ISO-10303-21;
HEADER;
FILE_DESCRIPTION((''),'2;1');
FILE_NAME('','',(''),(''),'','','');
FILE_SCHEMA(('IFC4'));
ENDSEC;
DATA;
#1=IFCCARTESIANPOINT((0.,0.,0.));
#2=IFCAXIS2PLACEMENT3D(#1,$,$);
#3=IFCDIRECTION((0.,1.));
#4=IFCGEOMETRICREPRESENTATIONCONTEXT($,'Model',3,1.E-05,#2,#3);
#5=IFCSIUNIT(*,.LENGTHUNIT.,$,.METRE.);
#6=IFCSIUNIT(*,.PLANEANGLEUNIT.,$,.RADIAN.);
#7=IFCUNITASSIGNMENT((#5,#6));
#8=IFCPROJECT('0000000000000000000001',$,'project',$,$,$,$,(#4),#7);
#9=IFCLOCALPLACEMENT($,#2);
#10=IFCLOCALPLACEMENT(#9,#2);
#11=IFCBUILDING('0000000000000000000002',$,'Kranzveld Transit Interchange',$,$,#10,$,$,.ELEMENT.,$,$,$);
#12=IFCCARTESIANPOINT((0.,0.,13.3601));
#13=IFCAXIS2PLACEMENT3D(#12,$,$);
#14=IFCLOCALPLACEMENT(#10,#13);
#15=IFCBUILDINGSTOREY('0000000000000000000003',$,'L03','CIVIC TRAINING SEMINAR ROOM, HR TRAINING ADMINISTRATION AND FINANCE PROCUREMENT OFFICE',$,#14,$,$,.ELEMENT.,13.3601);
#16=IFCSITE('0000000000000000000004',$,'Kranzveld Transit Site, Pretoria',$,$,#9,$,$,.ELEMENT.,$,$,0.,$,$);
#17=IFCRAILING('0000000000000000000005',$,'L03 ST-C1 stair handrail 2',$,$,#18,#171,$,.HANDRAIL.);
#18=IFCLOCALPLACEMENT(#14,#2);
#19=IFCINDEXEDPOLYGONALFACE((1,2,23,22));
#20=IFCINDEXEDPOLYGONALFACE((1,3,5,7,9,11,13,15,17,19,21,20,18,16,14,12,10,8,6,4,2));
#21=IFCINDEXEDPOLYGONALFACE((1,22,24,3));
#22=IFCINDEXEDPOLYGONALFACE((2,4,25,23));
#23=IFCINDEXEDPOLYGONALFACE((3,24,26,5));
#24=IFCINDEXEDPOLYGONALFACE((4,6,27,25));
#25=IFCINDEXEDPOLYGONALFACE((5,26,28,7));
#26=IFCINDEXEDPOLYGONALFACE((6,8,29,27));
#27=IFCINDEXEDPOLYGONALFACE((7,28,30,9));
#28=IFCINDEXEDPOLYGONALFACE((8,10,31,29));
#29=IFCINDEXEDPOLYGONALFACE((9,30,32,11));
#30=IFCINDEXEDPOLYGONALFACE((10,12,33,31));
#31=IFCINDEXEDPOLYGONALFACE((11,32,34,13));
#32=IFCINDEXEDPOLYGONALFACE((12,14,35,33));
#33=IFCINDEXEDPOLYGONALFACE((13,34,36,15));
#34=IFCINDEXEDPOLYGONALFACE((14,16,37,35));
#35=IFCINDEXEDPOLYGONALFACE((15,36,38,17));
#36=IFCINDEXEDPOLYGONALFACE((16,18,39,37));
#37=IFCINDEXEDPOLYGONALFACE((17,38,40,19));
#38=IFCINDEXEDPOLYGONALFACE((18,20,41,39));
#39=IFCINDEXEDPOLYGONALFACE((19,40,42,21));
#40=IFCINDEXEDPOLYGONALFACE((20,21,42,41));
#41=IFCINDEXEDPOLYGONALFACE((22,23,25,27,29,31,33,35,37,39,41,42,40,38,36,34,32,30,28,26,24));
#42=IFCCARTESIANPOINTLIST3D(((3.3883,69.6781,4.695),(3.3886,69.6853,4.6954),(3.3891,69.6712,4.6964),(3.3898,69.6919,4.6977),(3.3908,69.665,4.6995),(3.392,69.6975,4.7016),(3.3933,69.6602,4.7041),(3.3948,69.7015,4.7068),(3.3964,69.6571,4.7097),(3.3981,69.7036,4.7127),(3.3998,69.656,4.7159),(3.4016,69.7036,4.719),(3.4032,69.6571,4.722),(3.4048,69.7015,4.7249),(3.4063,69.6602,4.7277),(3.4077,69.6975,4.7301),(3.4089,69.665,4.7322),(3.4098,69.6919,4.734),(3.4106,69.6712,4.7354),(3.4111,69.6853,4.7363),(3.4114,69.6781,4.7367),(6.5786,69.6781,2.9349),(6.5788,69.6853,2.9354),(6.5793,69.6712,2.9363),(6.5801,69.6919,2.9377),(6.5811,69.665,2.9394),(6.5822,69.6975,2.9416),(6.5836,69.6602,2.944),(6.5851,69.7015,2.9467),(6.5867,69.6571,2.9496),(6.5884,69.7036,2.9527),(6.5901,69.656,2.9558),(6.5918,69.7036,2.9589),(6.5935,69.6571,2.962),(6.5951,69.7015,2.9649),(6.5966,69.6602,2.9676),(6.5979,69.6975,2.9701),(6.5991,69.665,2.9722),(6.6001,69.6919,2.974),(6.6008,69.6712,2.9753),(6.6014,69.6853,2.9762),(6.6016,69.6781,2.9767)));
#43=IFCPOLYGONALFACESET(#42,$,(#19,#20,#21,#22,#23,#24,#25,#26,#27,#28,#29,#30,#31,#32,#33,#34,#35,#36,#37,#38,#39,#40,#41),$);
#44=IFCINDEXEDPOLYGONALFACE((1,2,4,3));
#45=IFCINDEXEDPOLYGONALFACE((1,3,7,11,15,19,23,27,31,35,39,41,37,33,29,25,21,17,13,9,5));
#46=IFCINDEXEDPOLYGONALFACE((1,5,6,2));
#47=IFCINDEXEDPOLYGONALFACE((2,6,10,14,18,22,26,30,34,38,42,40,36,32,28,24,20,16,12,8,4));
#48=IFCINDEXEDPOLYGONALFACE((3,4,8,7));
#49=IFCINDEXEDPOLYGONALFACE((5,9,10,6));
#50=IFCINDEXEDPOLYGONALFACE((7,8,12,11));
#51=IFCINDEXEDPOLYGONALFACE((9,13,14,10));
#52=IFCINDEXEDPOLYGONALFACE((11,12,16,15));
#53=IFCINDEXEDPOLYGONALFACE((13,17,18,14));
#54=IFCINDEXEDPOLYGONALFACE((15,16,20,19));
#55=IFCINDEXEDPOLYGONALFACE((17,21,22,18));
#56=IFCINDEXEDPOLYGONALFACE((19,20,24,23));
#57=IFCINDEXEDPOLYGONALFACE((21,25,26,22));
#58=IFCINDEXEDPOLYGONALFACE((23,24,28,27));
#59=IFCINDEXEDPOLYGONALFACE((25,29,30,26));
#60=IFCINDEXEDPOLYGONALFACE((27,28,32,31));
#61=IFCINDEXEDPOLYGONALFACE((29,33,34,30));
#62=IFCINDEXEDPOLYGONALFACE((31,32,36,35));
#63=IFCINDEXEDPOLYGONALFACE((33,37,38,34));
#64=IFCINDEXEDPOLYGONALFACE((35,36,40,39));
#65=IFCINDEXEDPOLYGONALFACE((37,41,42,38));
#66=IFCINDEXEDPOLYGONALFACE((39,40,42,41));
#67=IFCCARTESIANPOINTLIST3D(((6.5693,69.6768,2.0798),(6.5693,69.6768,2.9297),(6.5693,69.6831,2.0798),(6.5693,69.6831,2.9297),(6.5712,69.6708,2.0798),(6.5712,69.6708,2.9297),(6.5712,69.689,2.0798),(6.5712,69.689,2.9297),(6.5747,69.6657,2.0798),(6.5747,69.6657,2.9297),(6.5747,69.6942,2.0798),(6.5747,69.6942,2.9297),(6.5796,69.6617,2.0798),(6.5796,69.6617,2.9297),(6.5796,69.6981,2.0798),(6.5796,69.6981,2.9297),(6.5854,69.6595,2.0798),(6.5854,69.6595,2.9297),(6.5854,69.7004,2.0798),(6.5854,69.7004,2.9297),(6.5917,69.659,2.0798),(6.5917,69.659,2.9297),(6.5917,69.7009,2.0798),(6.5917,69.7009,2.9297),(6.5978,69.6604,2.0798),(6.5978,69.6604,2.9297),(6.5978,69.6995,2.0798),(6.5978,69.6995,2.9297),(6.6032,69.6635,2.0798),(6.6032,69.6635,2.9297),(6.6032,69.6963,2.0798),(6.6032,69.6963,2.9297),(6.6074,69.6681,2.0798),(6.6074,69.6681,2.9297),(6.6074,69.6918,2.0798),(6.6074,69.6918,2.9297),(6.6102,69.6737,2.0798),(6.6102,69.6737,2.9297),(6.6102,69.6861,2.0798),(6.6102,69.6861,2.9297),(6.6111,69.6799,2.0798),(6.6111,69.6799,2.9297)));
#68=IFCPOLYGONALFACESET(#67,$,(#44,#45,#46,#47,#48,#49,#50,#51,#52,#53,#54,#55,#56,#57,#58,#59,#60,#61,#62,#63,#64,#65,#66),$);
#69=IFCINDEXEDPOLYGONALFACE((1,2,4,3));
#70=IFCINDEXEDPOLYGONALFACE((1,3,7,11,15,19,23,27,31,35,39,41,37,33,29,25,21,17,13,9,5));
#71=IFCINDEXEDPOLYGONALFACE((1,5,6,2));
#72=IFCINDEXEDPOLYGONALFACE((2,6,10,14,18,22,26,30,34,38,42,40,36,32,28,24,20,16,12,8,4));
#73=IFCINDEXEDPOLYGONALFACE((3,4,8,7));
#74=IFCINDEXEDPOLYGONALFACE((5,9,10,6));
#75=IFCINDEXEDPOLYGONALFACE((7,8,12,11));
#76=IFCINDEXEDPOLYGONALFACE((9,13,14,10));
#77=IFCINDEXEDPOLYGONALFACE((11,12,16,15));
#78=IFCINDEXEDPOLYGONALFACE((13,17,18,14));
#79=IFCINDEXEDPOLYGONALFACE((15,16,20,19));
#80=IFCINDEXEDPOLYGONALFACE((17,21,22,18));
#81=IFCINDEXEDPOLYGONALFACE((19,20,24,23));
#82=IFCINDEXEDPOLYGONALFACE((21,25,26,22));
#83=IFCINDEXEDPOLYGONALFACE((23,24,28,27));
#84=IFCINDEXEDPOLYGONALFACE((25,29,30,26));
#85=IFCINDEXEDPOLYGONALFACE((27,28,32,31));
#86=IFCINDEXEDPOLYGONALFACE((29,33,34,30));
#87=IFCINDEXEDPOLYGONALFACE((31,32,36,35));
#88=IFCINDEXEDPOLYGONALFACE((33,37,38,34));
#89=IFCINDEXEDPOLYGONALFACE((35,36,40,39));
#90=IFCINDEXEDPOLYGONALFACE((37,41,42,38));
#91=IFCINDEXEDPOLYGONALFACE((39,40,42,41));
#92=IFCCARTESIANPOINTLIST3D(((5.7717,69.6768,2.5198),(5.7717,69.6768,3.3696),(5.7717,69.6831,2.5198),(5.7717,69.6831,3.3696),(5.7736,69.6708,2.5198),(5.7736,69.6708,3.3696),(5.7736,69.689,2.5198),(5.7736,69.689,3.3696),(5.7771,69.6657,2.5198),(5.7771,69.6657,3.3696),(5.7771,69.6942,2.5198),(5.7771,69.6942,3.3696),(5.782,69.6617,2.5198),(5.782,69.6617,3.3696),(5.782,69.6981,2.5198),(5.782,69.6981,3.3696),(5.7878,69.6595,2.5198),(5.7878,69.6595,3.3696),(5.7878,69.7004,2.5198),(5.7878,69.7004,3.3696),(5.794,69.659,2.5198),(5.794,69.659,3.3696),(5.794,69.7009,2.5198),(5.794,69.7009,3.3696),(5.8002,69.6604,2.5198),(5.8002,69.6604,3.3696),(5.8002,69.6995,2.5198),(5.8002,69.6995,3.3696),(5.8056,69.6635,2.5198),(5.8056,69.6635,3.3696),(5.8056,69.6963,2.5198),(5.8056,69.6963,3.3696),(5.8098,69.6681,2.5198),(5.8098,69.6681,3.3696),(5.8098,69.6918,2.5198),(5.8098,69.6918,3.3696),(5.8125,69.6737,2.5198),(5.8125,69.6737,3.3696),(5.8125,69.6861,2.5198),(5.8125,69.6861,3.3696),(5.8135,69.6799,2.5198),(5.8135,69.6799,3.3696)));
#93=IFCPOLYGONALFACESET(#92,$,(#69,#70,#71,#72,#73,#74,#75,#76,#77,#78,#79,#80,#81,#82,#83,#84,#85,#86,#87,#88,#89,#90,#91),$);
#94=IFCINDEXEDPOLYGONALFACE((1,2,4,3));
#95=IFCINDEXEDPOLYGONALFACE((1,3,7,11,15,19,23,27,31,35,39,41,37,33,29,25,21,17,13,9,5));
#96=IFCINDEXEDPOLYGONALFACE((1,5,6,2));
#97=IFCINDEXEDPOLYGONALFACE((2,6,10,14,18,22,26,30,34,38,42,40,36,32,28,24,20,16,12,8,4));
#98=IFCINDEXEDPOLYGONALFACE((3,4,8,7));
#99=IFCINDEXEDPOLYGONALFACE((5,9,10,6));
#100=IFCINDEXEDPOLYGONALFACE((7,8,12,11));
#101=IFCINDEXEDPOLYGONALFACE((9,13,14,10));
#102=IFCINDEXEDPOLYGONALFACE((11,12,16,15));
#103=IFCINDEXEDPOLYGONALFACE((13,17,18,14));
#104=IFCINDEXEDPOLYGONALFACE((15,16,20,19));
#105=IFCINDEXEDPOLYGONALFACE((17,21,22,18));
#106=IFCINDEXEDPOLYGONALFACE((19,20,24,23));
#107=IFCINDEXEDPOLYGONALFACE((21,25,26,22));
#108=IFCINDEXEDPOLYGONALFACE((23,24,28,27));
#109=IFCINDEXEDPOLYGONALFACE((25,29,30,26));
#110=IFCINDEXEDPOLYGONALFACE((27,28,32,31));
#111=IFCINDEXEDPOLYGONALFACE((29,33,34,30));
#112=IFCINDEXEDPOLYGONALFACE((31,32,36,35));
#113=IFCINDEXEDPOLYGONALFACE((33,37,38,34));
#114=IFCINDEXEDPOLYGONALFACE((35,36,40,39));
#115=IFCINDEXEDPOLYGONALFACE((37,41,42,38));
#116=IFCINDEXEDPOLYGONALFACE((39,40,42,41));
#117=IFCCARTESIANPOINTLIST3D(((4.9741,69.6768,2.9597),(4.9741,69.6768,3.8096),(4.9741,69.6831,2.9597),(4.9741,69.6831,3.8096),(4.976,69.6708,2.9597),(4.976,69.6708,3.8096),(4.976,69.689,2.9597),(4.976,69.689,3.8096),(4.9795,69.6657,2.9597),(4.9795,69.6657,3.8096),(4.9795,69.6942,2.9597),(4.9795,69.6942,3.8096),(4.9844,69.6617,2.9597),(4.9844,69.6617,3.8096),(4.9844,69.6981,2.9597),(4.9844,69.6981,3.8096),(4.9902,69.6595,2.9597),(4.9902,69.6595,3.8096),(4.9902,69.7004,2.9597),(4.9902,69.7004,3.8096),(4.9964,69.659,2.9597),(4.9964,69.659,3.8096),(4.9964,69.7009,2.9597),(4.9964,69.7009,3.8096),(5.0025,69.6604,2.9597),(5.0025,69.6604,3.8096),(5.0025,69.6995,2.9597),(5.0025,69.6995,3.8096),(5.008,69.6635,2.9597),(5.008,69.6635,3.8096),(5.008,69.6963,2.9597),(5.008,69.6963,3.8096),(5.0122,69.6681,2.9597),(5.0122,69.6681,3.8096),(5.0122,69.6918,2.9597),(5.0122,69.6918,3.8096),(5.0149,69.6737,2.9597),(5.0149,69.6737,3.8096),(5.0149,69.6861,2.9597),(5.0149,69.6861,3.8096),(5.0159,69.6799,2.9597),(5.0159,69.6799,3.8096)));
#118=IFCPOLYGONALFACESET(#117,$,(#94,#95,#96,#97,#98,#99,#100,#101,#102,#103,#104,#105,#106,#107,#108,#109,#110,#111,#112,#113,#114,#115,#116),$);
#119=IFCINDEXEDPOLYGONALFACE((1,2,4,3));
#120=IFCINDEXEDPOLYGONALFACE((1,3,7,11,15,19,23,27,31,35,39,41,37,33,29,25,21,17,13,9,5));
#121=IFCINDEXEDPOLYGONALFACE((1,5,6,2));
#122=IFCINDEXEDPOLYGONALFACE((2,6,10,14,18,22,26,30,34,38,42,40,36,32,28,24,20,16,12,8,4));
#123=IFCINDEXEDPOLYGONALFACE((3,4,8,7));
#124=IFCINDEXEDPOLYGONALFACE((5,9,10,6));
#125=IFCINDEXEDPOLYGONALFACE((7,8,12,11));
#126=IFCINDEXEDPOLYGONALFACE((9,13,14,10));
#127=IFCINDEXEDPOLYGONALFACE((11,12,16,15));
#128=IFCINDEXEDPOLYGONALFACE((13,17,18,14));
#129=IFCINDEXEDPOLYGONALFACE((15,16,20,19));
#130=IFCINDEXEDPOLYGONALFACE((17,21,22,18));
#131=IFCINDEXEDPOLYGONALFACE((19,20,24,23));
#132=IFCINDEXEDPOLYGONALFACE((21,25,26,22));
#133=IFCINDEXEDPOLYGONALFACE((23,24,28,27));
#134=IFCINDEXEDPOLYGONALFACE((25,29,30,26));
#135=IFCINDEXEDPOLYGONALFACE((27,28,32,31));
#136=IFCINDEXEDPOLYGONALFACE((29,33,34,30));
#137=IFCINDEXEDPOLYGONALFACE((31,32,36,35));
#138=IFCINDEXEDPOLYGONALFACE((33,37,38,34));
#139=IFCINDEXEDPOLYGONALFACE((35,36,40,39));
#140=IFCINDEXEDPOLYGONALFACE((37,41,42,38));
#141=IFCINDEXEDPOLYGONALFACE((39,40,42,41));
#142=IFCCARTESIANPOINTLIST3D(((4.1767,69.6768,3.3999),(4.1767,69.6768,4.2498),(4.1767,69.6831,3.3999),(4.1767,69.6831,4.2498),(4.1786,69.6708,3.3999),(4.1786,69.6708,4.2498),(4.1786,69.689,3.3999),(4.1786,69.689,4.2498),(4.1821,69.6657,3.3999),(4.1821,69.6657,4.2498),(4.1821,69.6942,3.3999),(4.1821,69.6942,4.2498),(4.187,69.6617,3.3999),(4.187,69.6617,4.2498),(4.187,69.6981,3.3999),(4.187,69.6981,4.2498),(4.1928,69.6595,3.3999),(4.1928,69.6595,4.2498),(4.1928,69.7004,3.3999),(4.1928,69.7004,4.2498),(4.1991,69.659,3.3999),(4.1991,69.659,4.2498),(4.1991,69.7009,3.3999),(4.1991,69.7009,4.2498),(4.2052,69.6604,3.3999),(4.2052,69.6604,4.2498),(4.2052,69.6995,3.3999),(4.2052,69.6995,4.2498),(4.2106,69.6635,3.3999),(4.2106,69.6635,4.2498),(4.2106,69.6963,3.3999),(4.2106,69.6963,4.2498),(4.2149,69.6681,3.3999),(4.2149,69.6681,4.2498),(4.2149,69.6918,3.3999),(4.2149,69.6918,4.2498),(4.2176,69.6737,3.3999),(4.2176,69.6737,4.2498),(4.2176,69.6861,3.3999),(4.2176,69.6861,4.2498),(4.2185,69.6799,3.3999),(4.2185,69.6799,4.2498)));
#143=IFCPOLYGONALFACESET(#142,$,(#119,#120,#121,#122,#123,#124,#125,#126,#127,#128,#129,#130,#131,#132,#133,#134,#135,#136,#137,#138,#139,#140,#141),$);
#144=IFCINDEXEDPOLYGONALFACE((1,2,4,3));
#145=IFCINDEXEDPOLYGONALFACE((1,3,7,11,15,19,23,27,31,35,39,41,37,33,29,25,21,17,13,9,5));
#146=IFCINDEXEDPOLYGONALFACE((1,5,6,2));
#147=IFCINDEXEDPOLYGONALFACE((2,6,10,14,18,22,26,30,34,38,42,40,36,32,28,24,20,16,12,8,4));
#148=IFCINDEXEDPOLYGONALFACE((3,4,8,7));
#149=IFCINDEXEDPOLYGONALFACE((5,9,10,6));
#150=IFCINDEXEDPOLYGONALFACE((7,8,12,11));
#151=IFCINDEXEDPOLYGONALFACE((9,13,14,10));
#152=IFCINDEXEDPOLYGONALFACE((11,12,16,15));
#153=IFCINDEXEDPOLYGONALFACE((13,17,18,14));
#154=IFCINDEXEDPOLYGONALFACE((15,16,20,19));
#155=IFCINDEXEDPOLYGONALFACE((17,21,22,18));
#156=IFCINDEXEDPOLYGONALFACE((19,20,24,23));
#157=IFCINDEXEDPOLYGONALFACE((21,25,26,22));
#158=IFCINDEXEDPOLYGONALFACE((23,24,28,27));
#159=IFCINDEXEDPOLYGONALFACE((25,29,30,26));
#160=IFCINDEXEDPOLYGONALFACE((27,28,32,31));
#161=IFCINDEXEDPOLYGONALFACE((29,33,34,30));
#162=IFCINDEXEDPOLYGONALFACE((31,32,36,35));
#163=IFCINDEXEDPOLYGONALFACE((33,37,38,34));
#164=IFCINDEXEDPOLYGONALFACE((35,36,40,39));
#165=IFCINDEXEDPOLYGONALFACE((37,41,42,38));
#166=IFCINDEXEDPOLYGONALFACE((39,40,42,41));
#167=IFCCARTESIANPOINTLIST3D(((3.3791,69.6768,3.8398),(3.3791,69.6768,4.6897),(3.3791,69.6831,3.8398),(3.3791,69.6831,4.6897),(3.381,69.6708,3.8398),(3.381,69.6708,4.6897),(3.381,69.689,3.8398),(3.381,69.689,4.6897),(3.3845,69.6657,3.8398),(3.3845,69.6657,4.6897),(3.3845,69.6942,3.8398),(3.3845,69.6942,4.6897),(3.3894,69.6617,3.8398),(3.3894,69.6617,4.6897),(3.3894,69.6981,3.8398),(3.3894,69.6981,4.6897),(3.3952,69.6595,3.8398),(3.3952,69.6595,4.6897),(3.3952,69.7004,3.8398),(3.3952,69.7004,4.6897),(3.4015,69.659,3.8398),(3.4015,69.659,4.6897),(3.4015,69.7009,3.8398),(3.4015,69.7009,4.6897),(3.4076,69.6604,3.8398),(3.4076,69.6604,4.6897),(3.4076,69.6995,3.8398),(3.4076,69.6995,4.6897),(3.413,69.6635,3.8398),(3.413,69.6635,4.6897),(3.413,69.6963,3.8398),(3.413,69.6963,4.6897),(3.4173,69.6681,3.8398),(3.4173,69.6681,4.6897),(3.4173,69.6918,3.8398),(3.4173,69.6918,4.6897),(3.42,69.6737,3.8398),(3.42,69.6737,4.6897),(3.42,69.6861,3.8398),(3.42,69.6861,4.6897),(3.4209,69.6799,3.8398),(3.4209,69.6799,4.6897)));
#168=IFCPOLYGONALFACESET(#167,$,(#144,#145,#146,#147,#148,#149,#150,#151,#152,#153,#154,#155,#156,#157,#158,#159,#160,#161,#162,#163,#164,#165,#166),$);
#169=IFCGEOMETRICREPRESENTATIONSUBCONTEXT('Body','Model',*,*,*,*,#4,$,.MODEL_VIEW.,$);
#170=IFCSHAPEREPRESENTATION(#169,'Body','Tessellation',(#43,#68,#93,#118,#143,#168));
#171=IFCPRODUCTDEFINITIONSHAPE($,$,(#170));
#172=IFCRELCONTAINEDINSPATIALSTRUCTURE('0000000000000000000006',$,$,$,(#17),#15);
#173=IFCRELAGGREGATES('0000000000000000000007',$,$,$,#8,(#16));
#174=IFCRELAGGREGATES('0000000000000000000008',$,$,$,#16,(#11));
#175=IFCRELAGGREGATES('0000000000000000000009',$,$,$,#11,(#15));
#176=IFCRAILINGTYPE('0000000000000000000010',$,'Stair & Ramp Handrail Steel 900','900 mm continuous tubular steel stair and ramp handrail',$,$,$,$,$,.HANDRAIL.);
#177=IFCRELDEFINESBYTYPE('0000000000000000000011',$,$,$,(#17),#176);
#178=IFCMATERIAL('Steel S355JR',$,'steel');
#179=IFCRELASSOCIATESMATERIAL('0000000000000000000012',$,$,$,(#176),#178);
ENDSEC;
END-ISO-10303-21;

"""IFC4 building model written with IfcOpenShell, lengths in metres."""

from ifc_helpers import new_model, si_unit, direction, frame, origin, origin_2d, place, context, subcontext, project, spatial, circle, extrude, material, type_object, element, save


model = new_model("IFC4")

# Units and contexts
model_context = context("Model", 3, precision=1e-05, world=origin(), true_north=direction((0.0, 1.0)))
body_context = subcontext(model_context, "Body", "Model", "MODEL_VIEW")
ifc_project = project(units=[si_unit("LENGTHUNIT", "METRE"), si_unit("PLANEANGLEUNIT", "RADIAN")], contexts=[model_context])

# Site, building, storey
site_placement = place(None, origin())
site = spatial("IfcSite", under=ifc_project, at=site_placement, Name="Kranzveld Transit Site, Pretoria", CompositionType="ELEMENT", RefElevation=0.0)
building_placement = place(site_placement, origin())
building = spatial("IfcBuilding", under=site, at=building_placement, Name="Kranzveld Transit Interchange", CompositionType="ELEMENT")
storey_placement = place(building_placement, frame((0.0, 0.0, 13.3601)))
storey = spatial("IfcBuildingStorey", under=building, at=storey_placement, Name="L03", Description="CIVIC TRAINING SEMINAR ROOM, HR TRAINING ADMINISTRATION AND FINANCE PROCUREMENT OFFICE", CompositionType="ELEMENT", Elevation=13.3601)

# Railing
ifc_material_1 = material(Name="Steel S355JR", Category="steel")
railing_type_1 = type_object("IfcRailingType", Name="Stair & Ramp Handrail Steel 900", Description="900 mm continuous tubular steel stair and ramp handrail", PredefinedType="HANDRAIL", material=ifc_material_1)
railing_1_placement = place(storey_placement, frame((6.5901, 69.6799, 2.0798)))
element("IfcRailing", 1, at=railing_1_placement, inside=storey, type_object=railing_type_1, Name="L03 ST-C1 stair handrail 2", PredefinedType="HANDRAIL", context=body_context, shape_type="SweptSolid", body=[
    extrude(circle(Radius=0.0239, at=origin_2d()), frame((0.0, 0.0, 0.876), z_axis=(-0.875588, 0.0, 0.483058), x_axis=(0.0, -1.0, 0.0)), (0.0, 0.0, 1.0), 3.6436),
    extrude(circle(Radius=0.021, at=origin_2d()), origin(), (0.0, 0.0, 1.0), 0.8499),
    extrude(circle(Radius=0.021, at=origin_2d()), frame((-0.7976, 0.0, 0.4399)), (0.0, 0.0, 1.0), 0.8499),
    extrude(circle(Radius=0.021, at=origin_2d()), frame((-1.5952, 0.0, 0.8799)), (0.0, 0.0, 1.0), 0.8499),
    extrude(circle(Radius=0.021, at=origin_2d()), frame((-2.3926, 0.0, 1.3201)), (0.0, 0.0, 1.0), 0.8499),
    extrude(circle(Radius=0.021, at=origin_2d()), frame((-3.1902, 0.0, 1.76)), (0.0, 0.0, 1.0), 0.8499),
])

save(model, "model.ifc")
